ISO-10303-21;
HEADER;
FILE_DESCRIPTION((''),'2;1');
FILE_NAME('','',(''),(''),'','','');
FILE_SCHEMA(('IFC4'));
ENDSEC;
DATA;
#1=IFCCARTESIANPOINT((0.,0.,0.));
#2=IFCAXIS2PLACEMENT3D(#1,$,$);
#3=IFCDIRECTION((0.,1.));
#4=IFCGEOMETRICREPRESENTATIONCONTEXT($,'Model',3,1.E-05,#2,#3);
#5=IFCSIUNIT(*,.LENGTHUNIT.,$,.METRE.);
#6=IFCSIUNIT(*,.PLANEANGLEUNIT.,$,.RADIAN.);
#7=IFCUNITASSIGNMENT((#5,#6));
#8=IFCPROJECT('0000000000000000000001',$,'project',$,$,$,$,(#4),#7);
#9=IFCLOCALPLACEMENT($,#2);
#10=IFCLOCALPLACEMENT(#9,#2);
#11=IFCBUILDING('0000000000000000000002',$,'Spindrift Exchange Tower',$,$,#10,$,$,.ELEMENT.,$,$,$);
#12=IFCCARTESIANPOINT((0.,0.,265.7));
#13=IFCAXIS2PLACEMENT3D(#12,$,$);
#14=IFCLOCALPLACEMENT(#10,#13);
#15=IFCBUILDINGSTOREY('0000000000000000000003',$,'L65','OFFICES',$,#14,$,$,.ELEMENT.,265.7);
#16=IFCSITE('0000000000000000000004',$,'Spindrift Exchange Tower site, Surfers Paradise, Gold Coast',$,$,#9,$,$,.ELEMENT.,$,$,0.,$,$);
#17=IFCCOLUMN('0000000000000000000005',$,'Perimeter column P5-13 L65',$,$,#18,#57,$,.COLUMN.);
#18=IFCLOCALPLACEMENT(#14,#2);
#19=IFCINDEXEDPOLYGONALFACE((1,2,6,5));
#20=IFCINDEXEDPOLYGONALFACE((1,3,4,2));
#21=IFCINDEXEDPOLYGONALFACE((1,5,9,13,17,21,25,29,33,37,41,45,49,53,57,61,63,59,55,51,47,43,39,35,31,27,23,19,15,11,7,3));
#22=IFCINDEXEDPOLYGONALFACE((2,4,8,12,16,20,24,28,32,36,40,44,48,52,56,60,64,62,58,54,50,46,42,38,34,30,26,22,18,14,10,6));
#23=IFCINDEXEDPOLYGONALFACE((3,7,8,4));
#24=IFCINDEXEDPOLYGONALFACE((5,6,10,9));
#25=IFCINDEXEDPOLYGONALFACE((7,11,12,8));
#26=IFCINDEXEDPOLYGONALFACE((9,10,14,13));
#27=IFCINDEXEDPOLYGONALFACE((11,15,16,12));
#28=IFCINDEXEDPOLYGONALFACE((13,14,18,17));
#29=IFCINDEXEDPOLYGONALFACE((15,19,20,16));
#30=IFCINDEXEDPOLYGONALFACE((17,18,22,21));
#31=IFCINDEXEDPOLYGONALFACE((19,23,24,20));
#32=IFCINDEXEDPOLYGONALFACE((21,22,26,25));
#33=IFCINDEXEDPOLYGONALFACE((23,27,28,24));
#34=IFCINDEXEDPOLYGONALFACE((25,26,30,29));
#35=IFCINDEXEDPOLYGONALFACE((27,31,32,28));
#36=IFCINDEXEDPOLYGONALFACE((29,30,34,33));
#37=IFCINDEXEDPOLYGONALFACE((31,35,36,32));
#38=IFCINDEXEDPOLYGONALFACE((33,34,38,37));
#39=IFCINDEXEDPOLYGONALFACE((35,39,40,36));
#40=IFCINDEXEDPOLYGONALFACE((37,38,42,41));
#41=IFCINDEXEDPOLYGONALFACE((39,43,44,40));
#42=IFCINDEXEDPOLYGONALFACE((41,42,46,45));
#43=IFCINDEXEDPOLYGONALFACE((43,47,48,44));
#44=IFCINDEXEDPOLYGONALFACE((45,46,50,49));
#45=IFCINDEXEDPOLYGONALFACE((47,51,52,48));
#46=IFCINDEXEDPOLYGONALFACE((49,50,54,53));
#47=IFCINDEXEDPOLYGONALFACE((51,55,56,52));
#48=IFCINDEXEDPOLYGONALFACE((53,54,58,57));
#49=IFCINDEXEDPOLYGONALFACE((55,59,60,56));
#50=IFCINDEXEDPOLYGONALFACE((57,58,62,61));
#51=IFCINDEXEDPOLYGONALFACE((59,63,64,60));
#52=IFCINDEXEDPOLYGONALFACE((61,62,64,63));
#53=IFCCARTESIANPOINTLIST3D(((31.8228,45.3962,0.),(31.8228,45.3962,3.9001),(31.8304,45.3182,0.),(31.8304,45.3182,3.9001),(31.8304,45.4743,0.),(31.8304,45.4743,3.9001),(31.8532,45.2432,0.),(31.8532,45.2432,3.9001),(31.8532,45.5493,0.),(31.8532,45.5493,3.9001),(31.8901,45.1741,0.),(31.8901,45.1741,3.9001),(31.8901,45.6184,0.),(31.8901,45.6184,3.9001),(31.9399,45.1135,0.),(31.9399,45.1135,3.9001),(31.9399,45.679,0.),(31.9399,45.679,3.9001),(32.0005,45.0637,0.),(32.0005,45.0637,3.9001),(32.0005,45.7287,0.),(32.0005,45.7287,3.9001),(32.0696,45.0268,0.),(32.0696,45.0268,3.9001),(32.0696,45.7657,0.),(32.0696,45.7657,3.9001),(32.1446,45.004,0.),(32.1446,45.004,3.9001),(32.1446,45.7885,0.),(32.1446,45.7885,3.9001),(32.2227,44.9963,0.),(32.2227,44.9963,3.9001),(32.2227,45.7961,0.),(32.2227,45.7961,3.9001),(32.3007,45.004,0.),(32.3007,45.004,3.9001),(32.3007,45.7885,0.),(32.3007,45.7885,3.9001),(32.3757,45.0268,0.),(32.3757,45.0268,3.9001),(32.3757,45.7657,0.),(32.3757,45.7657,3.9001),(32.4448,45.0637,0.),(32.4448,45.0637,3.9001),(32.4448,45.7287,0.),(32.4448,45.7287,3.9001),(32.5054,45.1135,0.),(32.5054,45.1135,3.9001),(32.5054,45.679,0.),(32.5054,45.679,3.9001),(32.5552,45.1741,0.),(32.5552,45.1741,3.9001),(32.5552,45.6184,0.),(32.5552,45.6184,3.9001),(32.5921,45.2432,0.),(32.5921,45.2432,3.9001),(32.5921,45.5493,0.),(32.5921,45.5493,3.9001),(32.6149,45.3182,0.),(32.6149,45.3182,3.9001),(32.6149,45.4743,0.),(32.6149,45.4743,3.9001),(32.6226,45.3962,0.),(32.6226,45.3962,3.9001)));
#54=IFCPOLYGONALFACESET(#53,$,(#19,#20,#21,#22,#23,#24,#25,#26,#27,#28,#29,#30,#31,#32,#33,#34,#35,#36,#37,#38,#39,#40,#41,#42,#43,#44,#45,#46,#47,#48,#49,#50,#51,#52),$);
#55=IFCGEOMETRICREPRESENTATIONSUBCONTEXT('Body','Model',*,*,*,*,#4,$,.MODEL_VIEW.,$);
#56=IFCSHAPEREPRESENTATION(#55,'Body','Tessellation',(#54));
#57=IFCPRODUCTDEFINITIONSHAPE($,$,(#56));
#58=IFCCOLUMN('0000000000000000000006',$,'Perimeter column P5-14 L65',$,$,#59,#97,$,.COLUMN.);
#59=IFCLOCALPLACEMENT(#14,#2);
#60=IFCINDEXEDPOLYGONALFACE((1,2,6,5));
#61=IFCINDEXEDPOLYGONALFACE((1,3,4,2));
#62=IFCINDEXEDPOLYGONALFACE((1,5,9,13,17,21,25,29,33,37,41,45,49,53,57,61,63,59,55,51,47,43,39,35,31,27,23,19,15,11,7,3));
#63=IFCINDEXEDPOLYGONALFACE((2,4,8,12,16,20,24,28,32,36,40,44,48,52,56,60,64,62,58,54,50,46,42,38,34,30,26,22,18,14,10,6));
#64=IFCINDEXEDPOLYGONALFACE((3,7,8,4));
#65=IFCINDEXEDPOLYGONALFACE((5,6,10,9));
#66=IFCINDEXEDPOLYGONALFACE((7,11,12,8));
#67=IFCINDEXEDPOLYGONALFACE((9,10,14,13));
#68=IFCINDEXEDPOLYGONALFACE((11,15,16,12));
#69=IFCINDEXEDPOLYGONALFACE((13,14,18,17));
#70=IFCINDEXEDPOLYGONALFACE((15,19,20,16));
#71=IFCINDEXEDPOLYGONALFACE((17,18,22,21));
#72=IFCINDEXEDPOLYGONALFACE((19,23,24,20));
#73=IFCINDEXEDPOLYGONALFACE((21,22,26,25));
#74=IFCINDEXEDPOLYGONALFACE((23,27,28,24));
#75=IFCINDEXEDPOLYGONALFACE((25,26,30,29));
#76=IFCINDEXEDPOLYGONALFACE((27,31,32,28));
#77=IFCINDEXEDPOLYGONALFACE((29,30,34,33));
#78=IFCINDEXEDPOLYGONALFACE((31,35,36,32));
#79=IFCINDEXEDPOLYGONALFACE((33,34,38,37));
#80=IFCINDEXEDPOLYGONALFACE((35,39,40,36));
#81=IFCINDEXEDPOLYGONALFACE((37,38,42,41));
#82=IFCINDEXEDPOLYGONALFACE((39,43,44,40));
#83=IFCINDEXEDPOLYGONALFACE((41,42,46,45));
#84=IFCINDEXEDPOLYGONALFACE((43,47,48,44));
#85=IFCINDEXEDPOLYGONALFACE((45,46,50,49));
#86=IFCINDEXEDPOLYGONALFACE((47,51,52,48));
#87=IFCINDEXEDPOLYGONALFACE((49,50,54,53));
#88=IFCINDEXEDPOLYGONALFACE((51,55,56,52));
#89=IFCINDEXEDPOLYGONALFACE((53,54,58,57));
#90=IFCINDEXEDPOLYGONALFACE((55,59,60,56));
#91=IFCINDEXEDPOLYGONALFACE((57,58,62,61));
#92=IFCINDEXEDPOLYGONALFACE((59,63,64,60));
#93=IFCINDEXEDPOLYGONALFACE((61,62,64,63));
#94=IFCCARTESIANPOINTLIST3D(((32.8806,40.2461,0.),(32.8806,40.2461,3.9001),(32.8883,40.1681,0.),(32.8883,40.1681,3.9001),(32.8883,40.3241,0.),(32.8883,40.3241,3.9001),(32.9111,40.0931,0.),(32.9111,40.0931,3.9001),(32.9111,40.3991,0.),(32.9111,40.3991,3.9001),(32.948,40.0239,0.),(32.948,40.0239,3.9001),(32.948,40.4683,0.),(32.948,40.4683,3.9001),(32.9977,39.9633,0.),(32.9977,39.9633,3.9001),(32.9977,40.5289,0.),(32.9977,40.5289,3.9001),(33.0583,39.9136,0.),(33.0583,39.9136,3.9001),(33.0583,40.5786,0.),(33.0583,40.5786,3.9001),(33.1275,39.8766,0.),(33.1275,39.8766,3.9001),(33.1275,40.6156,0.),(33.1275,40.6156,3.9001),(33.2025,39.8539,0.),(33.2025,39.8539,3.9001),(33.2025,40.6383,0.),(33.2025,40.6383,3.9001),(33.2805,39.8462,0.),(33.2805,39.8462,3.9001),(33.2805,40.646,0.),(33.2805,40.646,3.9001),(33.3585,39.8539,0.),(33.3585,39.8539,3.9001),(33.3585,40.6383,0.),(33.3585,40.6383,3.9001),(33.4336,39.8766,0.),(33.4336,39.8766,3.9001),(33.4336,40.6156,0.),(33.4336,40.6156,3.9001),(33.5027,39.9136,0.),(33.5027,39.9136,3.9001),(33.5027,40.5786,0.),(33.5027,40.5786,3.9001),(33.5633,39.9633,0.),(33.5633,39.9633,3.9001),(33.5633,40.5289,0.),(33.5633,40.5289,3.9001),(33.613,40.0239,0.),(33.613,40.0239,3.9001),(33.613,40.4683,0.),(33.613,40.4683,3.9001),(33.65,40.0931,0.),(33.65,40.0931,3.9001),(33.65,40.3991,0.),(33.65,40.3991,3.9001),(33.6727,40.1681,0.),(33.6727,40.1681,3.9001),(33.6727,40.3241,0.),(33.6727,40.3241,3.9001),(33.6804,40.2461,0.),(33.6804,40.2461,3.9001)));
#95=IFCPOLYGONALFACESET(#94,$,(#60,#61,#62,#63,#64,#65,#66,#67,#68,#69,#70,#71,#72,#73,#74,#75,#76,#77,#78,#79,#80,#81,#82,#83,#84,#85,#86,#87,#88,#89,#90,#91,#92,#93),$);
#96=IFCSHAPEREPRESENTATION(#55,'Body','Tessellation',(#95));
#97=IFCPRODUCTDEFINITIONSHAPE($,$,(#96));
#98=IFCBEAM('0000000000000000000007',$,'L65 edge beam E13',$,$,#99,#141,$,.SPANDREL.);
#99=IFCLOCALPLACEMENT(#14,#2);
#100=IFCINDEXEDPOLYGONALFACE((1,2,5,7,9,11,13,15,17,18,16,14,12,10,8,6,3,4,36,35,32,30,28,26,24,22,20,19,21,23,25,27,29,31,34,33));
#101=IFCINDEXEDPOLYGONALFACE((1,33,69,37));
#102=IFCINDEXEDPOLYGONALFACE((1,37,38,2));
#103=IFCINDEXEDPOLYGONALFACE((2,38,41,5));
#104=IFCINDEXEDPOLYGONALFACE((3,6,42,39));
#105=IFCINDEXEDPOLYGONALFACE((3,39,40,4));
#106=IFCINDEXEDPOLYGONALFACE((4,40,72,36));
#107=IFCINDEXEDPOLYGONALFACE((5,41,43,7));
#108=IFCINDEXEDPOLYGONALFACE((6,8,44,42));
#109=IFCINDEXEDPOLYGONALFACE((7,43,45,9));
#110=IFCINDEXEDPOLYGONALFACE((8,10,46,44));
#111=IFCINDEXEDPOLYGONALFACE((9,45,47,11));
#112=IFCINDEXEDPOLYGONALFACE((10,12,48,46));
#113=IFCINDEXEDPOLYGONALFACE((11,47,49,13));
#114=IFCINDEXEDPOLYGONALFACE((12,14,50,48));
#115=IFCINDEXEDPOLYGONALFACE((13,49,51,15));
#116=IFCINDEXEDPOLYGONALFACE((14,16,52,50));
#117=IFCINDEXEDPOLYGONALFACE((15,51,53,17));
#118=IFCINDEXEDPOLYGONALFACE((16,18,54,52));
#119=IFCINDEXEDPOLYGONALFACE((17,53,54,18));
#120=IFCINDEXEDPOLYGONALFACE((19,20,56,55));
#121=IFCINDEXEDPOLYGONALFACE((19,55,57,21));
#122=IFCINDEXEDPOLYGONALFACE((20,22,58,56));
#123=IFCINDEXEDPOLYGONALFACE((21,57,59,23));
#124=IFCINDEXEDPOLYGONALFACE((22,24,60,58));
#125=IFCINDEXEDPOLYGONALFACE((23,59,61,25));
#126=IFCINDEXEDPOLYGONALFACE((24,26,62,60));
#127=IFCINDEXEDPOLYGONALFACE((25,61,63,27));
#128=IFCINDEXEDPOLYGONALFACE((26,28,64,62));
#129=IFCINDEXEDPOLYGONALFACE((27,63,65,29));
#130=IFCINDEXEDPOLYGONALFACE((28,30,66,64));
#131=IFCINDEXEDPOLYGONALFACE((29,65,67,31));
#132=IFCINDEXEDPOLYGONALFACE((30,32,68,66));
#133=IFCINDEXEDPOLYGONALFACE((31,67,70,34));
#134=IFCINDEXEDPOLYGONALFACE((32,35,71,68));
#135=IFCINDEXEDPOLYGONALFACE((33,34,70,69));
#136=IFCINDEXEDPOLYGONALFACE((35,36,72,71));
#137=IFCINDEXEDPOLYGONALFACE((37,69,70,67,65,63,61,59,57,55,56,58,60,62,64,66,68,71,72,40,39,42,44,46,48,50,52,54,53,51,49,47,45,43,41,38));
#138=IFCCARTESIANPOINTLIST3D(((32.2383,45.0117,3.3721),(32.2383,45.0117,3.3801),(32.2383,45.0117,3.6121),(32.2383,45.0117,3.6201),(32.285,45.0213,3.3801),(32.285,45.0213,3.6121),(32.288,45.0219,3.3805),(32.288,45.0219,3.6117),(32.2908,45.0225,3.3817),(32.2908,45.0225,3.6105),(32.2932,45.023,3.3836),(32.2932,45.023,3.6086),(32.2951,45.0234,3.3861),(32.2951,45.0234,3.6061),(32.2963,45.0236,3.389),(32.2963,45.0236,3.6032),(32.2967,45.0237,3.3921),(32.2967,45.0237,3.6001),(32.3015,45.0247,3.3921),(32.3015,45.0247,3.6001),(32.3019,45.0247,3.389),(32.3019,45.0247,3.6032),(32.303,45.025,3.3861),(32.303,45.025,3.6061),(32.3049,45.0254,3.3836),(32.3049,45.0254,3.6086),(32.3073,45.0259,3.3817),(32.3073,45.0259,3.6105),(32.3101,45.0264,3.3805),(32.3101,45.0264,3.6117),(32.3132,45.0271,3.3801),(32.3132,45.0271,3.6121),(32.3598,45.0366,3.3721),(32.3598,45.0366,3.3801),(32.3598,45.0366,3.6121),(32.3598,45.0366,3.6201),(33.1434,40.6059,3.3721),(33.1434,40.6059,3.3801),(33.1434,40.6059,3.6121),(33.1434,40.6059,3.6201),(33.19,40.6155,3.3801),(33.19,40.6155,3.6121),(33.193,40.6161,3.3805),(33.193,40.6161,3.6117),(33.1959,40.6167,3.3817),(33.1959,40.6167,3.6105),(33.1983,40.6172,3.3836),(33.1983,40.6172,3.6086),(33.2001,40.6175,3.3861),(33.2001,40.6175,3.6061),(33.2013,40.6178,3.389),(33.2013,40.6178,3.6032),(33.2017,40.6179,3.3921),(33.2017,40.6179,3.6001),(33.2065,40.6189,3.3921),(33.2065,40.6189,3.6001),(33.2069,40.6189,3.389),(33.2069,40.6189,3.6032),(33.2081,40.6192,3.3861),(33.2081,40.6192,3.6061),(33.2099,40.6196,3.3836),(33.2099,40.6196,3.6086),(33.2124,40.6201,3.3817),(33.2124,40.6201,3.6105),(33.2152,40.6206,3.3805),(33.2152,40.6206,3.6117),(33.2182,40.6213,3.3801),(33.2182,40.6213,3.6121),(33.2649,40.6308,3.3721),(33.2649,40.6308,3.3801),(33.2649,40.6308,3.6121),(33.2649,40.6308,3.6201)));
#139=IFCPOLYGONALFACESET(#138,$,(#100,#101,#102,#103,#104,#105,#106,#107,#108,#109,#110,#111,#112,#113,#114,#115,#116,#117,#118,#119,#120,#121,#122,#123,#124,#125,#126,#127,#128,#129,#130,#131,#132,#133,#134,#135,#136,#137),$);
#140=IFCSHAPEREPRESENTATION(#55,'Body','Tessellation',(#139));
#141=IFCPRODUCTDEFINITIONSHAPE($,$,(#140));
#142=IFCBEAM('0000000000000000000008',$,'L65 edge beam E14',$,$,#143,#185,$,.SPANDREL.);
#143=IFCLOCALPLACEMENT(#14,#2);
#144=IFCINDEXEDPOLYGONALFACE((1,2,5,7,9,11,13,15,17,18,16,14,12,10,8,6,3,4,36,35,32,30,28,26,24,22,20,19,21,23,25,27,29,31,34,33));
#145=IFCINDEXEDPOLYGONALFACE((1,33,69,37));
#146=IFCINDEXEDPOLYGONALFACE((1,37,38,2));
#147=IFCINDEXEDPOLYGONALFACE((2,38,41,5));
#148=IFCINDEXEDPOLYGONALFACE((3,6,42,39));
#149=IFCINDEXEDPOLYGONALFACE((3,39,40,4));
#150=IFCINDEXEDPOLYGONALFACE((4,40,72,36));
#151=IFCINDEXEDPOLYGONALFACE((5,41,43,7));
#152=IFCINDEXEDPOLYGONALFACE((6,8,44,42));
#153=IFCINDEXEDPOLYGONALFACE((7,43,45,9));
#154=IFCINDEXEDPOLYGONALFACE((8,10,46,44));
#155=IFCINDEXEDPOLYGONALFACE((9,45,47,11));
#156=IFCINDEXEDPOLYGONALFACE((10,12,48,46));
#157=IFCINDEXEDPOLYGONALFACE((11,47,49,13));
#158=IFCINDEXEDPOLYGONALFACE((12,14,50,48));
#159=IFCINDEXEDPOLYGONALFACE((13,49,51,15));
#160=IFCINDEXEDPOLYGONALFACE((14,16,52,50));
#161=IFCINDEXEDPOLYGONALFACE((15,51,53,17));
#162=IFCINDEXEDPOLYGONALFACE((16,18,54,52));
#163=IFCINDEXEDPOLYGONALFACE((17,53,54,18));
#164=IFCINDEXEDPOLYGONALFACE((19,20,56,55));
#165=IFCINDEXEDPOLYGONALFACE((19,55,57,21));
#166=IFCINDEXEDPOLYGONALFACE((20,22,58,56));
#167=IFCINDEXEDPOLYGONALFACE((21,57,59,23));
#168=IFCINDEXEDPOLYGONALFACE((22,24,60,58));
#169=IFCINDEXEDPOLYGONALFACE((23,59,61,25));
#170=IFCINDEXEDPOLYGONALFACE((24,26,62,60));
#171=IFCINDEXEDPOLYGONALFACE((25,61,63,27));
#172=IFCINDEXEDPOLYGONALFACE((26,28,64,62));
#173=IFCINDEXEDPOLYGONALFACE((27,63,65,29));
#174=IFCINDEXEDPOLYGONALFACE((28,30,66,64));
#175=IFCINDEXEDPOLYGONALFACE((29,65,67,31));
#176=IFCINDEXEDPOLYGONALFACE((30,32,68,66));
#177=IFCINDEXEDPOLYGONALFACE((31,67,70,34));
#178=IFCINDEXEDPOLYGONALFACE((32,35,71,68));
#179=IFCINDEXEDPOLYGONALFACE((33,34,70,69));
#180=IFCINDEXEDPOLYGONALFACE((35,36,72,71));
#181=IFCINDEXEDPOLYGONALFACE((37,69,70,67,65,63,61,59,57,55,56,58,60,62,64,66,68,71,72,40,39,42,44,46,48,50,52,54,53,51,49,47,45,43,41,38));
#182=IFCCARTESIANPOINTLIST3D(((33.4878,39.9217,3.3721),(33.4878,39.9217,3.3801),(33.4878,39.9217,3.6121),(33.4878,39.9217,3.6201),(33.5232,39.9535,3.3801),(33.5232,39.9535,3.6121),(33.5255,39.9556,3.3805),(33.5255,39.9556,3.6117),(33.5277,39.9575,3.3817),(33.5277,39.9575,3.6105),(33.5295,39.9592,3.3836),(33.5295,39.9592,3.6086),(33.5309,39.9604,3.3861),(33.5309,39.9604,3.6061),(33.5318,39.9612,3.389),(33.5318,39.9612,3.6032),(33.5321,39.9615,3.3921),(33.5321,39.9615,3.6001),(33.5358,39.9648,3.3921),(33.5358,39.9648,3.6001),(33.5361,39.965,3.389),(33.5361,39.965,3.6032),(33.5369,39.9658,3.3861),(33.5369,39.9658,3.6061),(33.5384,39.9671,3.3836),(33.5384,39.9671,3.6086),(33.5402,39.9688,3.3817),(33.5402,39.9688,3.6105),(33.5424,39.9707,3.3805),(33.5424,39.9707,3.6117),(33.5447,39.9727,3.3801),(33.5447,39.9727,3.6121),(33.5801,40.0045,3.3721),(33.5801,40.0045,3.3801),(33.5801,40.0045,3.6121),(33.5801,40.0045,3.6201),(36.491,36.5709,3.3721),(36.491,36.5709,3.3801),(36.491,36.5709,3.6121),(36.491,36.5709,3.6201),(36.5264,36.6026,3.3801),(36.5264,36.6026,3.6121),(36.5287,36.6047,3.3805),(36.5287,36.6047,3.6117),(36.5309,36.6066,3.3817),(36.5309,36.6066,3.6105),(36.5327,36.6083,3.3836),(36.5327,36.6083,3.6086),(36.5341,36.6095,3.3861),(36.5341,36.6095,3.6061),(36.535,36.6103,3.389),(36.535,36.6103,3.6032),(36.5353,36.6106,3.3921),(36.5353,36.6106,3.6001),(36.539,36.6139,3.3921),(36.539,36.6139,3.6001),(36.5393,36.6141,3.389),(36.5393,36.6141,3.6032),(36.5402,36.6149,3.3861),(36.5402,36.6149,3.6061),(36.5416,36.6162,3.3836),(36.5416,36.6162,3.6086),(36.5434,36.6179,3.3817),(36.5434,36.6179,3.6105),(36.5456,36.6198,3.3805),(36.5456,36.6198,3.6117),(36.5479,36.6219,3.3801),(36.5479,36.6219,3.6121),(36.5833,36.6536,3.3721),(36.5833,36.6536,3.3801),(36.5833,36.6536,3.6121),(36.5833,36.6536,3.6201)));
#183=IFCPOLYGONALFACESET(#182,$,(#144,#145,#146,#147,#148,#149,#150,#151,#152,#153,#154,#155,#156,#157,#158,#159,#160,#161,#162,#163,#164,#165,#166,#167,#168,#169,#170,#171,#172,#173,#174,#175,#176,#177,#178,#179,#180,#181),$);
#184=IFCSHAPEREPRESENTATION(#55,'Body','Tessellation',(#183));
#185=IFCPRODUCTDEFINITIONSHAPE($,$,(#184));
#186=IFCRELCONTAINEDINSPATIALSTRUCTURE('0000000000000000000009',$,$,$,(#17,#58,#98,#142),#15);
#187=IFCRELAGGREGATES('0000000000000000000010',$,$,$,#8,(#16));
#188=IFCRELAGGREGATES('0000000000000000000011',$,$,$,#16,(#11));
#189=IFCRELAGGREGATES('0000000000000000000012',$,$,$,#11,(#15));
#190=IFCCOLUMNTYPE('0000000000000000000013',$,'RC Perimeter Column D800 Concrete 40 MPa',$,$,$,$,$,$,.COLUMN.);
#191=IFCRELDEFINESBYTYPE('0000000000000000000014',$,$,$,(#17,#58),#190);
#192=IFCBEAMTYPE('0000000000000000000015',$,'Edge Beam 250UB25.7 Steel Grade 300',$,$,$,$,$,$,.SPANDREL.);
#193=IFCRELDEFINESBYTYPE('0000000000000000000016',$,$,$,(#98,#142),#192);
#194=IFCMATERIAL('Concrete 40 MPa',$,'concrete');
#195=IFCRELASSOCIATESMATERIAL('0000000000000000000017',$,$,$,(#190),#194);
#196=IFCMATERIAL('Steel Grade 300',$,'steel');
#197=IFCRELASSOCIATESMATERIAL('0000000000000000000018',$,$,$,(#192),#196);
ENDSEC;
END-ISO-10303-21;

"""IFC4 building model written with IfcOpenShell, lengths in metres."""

from ifc_helpers import new_model, si_unit, direction, frame, origin, origin_2d, place, context, subcontext, project, spatial, circle, i_section, extrude, source, transform, mapped, material, material_profile, profile_set, type_object, element, save


model = new_model("IFC4")

# Units and contexts
model_context = context("Model", 3, precision=1e-05, world=origin(), true_north=direction((0.0, 1.0)))
body_context = subcontext(model_context, "Body", "Model", "MODEL_VIEW")
ifc_project = project(units=[si_unit("LENGTHUNIT", "METRE"), si_unit("PLANEANGLEUNIT", "RADIAN")], contexts=[model_context])

# Site, building, storey
site_placement = place(None, origin())
site = spatial("IfcSite", under=ifc_project, at=site_placement, Name="Spindrift Exchange Tower site, Surfers Paradise, Gold Coast", CompositionType="ELEMENT", RefElevation=0.0)
building_placement = place(site_placement, origin())
building = spatial("IfcBuilding", under=site, at=building_placement, Name="Spindrift Exchange Tower", CompositionType="ELEMENT")
storey_placement = place(building_placement, frame((0.0, 0.0, 265.7)))
storey = spatial("IfcBuildingStorey", under=building, at=storey_placement, Name="L65", Description="OFFICES", CompositionType="ELEMENT", Elevation=265.7)

# Columns
ifc_material_1 = material(Name="Concrete 40 MPa", Category="concrete")
ifc_material_profile_1 = material_profile(ifc_material_1, circle(Radius=0.3999, at=origin_2d()), Name="RC D800")
ifc_profile_set_1 = profile_set([ifc_material_profile_1], Name="Concrete 40 MPa")
column_type = type_object("IfcColumnType", Name="RC Perimeter Column D800 Concrete 40 MPa", PredefinedType="COLUMN", material=ifc_profile_set_1)
shared_shape_1 = source(origin(), body_context, "Body", "SweptSolid", [
    extrude(circle(Radius=0.3999, at=origin_2d()), origin(), (0.0, 0.0, 1.0), 3.9001),
])
for number, where, z_axis, x_axis, name in (
    (1, (32.2227, 45.3962, 0.0), (0.0, 0.0, 1.0), (1.0, 0.0, 0.0), "Perimeter column P5-13 L65"),
    (2, (33.2805, 40.2461, 0.0), (0.0, 0.0, 1.0), (1.0, 0.0, 0.0), "Perimeter column P5-14 L65"),
):
    element("IfcColumn", number, at=place(storey_placement, frame(where, z_axis=z_axis, x_axis=x_axis)), inside=storey, type_object=column_type, Name=name, PredefinedType="COLUMN", context=body_context, shape_type="MappedRepresentation", body=[
        mapped(shared_shape_1, transform((0.0, 0.0, 0.0), scale=1.0)),
    ])

# Beams
ifc_material_2 = material(Name="Steel Grade 300", Category="steel")
ifc_material_profile_2 = material_profile(ifc_material_2, i_section(OverallWidth=0.124, OverallDepth=0.248, WebThickness=0.0049, FlangeThickness=0.0081, FilletRadius=0.012, at=origin_2d()), Name="250UB25.7")
ifc_profile_set_2 = profile_set([ifc_material_profile_2], Name="Steel Grade 300")
beam_type_1 = type_object("IfcBeamType", Name="Edge Beam 250UB25.7 Steel Grade 300", PredefinedType="SPANDREL", material=ifc_profile_set_2)
shared_shape_2 = source(origin(), body_context, "Body", "SweptSolid", [
    extrude(i_section(OverallWidth=0.124, OverallDepth=0.248, WebThickness=0.0049, FlangeThickness=0.0081, FilletRadius=0.012, at=origin_2d()), origin(), (0.0, 0.0, 1.0), 4.4978),
])
beam_1_placement = place(storey_placement, frame((32.2991, 45.0242, 3.4961), z_axis=(0.201218, -0.979546, 0.0), x_axis=(0.979546, 0.201218, 0.0)))
element("IfcBeam", 3, at=beam_1_placement, inside=storey, type_object=beam_type_1, Name="L65 edge beam E13", PredefinedType="SPANDREL", context=body_context, shape_type="MappedRepresentation", body=[
    mapped(shared_shape_2, transform((0.0, 0.0, 0.0), scale=1.0)),
])
shared_shape_3 = source(origin(), body_context, "Body", "SweptSolid", [
    extrude(i_section(OverallWidth=0.124, OverallDepth=0.248, WebThickness=0.0049, FlangeThickness=0.0081, FilletRadius=0.012, at=origin_2d()), origin(), (0.0, 0.0, 1.0), 4.4998),
])
beam_2_placement = place(storey_placement, frame((33.5339, 39.9631, 3.4961), z_axis=(0.66742, -0.744682, 0.0), x_axis=(0.744682, 0.66742, 0.0)))
element("IfcBeam", 4, at=beam_2_placement, inside=storey, type_object=beam_type_1, Name="L65 edge beam E14", PredefinedType="SPANDREL", context=body_context, shape_type="MappedRepresentation", body=[
    mapped(shared_shape_3, transform((0.0, 0.0, 0.0), scale=1.0)),
])

save(model, "model.ifc")
